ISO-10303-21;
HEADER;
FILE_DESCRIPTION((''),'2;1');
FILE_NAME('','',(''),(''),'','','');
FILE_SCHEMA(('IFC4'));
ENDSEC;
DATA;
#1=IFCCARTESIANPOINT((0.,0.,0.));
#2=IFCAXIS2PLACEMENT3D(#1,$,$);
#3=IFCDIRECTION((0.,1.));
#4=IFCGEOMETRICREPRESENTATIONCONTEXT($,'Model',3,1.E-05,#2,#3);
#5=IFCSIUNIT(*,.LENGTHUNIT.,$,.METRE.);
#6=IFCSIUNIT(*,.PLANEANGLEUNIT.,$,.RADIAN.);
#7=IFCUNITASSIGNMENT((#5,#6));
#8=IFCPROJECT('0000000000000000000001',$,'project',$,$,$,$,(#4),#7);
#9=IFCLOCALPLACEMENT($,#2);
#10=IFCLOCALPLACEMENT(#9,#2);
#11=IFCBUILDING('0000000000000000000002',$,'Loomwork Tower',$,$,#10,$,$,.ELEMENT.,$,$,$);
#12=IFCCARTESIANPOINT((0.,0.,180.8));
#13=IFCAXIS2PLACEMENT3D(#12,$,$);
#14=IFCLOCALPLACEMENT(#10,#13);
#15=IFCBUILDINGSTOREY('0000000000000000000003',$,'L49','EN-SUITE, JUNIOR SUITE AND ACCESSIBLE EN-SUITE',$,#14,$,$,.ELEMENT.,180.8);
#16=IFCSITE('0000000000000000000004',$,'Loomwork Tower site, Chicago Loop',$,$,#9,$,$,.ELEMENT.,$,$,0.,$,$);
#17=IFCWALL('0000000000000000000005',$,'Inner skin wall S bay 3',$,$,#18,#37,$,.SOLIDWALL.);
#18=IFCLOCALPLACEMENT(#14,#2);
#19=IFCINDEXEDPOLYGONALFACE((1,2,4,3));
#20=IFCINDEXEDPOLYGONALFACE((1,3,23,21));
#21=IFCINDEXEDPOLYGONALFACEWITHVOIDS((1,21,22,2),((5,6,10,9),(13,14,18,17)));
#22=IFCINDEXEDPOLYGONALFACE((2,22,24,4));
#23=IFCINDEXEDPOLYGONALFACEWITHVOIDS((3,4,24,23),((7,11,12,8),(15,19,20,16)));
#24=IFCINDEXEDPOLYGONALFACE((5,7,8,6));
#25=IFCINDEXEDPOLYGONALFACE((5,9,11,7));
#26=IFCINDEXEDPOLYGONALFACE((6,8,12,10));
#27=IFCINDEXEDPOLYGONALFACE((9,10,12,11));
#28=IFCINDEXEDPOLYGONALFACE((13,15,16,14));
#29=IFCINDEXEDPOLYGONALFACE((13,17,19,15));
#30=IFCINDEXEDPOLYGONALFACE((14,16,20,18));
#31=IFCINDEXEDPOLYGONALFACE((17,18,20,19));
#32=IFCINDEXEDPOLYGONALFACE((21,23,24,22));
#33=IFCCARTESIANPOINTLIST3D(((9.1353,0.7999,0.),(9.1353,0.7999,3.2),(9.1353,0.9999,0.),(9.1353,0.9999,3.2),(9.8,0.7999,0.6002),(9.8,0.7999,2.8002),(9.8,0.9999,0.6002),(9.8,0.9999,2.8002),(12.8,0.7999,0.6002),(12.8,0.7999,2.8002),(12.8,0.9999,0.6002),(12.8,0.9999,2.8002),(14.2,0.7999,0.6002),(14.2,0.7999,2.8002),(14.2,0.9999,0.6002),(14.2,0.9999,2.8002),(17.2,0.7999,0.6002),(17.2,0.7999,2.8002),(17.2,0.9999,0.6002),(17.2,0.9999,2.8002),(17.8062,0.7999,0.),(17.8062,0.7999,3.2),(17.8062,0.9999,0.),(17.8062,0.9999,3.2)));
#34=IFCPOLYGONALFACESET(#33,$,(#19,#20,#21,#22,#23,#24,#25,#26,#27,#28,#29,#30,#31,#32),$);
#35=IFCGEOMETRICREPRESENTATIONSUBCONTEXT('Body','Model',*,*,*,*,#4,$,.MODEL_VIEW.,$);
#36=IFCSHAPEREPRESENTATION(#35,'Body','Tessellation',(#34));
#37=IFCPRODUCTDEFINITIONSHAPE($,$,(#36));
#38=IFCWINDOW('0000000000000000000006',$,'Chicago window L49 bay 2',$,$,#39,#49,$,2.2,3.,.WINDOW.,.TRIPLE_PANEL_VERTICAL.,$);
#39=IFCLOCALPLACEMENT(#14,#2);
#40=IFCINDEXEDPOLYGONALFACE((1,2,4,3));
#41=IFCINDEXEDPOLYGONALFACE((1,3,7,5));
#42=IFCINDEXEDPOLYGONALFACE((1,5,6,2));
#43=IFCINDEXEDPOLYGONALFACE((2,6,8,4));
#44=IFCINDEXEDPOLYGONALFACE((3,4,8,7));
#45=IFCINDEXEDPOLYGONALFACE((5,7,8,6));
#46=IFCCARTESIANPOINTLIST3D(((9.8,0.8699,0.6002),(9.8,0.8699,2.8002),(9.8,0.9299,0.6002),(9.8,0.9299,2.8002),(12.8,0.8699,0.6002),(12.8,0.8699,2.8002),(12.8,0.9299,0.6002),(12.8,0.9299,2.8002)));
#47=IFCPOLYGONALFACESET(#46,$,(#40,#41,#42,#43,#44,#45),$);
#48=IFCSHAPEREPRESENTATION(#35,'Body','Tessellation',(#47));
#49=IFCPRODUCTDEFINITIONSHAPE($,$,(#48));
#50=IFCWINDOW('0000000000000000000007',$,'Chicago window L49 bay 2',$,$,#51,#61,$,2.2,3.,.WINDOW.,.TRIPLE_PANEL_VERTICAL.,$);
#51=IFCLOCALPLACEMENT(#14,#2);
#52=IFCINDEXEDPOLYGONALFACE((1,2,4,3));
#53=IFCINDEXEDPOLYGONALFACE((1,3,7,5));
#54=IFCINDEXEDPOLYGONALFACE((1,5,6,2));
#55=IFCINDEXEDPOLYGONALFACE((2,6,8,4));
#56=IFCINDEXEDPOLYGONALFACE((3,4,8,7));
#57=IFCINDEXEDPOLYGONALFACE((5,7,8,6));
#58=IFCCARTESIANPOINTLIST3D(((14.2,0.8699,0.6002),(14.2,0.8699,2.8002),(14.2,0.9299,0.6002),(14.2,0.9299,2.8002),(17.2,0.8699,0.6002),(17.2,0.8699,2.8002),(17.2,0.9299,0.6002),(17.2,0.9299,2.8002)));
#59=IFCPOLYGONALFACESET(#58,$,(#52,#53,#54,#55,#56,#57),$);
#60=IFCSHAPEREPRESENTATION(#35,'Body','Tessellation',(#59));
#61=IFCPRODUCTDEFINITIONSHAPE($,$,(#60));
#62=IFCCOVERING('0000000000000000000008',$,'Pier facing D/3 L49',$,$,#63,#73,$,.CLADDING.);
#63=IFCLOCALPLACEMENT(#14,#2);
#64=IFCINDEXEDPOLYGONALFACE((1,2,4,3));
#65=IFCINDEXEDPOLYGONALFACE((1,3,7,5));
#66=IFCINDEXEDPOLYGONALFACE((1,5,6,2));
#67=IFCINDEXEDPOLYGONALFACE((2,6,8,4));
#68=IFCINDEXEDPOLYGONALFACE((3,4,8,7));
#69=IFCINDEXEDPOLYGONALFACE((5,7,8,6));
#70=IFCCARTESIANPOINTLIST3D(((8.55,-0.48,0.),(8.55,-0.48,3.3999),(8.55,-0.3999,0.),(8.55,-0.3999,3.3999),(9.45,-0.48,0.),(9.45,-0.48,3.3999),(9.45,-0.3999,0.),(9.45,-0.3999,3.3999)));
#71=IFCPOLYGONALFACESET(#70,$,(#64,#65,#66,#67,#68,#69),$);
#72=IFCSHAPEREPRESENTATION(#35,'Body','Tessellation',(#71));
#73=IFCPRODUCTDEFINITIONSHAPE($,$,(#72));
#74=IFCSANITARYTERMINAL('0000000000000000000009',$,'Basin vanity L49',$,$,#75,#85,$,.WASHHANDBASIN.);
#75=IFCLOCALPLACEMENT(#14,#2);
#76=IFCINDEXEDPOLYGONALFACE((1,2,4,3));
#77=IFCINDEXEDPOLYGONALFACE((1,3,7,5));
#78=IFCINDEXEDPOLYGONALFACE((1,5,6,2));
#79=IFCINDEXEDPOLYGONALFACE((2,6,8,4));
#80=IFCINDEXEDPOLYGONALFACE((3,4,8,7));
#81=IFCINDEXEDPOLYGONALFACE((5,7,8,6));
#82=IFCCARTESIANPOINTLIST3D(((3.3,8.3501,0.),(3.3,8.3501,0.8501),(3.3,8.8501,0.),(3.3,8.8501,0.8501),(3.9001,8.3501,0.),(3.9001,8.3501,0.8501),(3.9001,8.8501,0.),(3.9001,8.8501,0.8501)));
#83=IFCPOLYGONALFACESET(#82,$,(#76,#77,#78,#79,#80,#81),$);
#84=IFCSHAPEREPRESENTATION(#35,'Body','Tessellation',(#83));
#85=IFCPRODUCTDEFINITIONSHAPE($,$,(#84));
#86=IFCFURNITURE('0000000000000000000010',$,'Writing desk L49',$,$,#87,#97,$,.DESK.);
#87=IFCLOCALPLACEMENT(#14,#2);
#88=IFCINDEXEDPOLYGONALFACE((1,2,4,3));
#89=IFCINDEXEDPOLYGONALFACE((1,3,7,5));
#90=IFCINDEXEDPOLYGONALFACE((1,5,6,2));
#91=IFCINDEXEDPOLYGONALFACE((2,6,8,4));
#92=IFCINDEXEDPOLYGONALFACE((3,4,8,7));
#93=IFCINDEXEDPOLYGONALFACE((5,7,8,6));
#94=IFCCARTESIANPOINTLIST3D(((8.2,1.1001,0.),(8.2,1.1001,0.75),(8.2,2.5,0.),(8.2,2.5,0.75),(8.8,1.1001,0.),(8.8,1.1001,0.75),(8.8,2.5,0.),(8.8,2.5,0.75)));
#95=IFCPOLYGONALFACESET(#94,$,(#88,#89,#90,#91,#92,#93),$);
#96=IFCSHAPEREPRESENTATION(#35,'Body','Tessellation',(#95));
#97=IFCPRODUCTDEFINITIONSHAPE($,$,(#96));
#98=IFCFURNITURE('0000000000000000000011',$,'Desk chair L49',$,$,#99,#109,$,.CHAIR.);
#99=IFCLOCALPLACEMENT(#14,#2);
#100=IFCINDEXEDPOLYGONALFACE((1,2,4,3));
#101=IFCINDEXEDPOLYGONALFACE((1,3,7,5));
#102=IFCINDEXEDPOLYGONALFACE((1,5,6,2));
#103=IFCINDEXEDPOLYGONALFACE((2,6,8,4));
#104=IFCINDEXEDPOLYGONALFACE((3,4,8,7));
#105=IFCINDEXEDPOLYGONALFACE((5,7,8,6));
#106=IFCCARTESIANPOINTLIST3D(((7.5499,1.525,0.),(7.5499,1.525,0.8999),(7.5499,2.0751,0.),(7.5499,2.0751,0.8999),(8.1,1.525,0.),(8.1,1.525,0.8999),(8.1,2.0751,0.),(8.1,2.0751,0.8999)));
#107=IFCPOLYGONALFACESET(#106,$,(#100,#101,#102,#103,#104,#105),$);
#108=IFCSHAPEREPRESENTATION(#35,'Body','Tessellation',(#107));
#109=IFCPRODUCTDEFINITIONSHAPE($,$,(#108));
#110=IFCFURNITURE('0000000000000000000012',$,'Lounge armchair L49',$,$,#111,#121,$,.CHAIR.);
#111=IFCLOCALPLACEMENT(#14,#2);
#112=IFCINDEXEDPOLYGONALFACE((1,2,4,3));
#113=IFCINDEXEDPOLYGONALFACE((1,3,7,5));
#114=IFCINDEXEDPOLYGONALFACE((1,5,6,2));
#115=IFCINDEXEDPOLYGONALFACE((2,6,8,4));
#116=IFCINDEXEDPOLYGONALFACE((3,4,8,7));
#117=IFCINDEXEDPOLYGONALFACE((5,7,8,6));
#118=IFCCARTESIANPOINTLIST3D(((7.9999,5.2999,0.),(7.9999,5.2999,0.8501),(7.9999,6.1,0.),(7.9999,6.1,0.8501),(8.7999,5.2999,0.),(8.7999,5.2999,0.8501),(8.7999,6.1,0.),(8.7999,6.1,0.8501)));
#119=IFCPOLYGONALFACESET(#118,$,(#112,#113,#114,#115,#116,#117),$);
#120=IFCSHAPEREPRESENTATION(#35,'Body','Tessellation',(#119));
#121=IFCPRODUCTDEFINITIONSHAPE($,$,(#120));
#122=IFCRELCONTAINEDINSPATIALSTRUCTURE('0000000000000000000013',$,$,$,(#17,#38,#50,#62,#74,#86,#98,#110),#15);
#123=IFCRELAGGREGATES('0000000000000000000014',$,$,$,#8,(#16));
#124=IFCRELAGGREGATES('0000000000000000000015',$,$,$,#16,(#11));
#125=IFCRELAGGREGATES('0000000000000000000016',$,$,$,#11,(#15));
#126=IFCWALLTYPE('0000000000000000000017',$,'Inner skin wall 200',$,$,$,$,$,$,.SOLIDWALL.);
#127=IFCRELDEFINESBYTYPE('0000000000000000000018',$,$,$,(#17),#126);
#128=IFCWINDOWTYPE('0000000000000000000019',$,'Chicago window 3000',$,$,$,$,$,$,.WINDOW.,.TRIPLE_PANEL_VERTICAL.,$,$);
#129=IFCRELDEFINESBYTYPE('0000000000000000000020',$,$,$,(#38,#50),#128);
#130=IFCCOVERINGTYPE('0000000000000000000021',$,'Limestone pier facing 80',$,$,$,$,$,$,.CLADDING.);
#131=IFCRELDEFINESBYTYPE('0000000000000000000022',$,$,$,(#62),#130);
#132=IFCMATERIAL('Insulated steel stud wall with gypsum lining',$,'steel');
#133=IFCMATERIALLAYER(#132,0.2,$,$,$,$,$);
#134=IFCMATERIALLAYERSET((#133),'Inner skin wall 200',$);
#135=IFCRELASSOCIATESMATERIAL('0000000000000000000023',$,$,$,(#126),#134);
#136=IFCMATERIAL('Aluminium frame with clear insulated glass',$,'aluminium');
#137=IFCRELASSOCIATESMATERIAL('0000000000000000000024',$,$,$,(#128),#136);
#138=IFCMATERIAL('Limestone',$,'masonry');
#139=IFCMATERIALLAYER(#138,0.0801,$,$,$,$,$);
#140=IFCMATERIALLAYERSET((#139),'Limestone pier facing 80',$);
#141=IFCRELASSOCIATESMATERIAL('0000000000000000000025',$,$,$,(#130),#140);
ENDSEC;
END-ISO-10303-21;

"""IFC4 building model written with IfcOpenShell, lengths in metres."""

from ifc_helpers import new_model, si_unit, direction, frame, frame_2d, origin, origin_2d, place, context, subcontext, project, spatial, rectangle, extrude, material, layer, layer_set, type_object, element, fill, save


model = new_model("IFC4")

# Units and contexts
model_context = context("Model", 3, precision=1e-05, world=origin(), true_north=direction((0.0, 1.0)))
body_context = subcontext(model_context, "Body", "Model", "MODEL_VIEW")
ifc_project = project(units=[si_unit("LENGTHUNIT", "METRE"), si_unit("PLANEANGLEUNIT", "RADIAN")], contexts=[model_context])

# Site, building, storey
site_placement = place(None, origin())
site = spatial("IfcSite", under=ifc_project, at=site_placement, Name="Loomwork Tower site, Chicago Loop", CompositionType="ELEMENT", RefElevation=0.0)
building_placement = place(site_placement, origin())
building = spatial("IfcBuilding", under=site, at=building_placement, Name="Loomwork Tower", CompositionType="ELEMENT")
storey_placement = place(building_placement, frame((0.0, 0.0, 180.8)))
storey = spatial("IfcBuildingStorey", under=building, at=storey_placement, Name="L49", Description="EN-SUITE, JUNIOR SUITE AND ACCESSIBLE EN-SUITE", CompositionType="ELEMENT", Elevation=180.8)

# Shared definitions
ifc_material_1 = material(Name="Insulated steel stud wall with gypsum lining", Category="steel")
ifc_layer_1 = layer(ifc_material_1, 0.2)
ifc_layer_set_1 = layer_set([ifc_layer_1], Name="Inner skin wall 200")
wall_type_1 = type_object("IfcWallType", Name="Inner skin wall 200", PredefinedType="SOLIDWALL", material=ifc_layer_set_1)

# Wall, openings, windows
wall_1_placement = place(storey_placement, frame((9.1353, 0.8999, 0.0), z_axis=(0.0, 0.0, 1.0), x_axis=(1.0, 0.0, 0.0)))
wall_1 = element("IfcWall", 1, at=wall_1_placement, inside=storey, type_object=wall_type_1, Name="Inner skin wall S bay 3", PredefinedType="SOLIDWALL", context=body_context, shape_type="SweptSolid", body=[
    extrude(rectangle(XDim=8.6709, YDim=0.2, at=frame_2d((4.3354, 0.0))), origin(), (0.0, 0.0, 1.0), 3.2),
])
opening_1_placement = place(wall_1_placement, frame((0.6648, 0.0, 0.6001)))
opening_1 = element("IfcOpeningElement", 2, at=opening_1_placement, cuts=wall_1, PredefinedType="OPENING", context=body_context, shape_type="SweptSolid", body=[
    extrude(rectangle(XDim=3.0, YDim=2.2, at=frame_2d((1.5, 1.1001))), frame((0.0, 0.1099, 0.0), z_axis=(0.0, -1.0, 0.0), x_axis=(1.0, 0.0, 0.0)), (0.0, 0.0, 1.0), 0.22),
])
opening_2_placement = place(wall_1_placement, frame((5.0647, 0.0, 0.6001)))
opening_2 = element("IfcOpeningElement", 3, at=opening_2_placement, cuts=wall_1, PredefinedType="OPENING", context=body_context, shape_type="SweptSolid", body=[
    extrude(rectangle(XDim=3.0, YDim=2.2, at=frame_2d((1.5, 1.1001))), frame((0.0, 0.1099, 0.0), z_axis=(0.0, -1.0, 0.0), x_axis=(1.0, 0.0, 0.0)), (0.0, 0.0, 1.0), 0.22),
])
ifc_material_2 = material(Name="Aluminium frame with clear insulated glass", Category="aluminium")
window_type = type_object("IfcWindowType", Name="Chicago window 3000", PartitioningType="TRIPLE_PANEL_VERTICAL", PredefinedType="WINDOW", material=ifc_material_2)
window_1_placement = place(opening_1_placement, origin())
window_1 = element("IfcWindow", 4, at=window_1_placement, inside=storey, type_object=window_type, Name="Chicago window L49 bay 2", OverallHeight=2.2, OverallWidth=3.0, PartitioningType="TRIPLE_PANEL_VERTICAL", PredefinedType="WINDOW", context=body_context, shape_type="SweptSolid", body=[
    extrude(rectangle(XDim=3.0, YDim=2.2, at=frame_2d((1.5, 1.1001))), frame((0.0, 0.03, 0.0), z_axis=(0.0, -1.0, 0.0), x_axis=(1.0, 0.0, 0.0)), (0.0, 0.0, 1.0), 0.0601),
])
fill(opening_1, window_1)
window_2_placement = place(opening_2_placement, origin())
window_2 = element("IfcWindow", 5, at=window_2_placement, inside=storey, type_object=window_type, Name="Chicago window L49 bay 2", OverallHeight=2.2, OverallWidth=3.0, PartitioningType="TRIPLE_PANEL_VERTICAL", PredefinedType="WINDOW", context=body_context, shape_type="SweptSolid", body=[
    extrude(rectangle(XDim=3.0, YDim=2.2, at=frame_2d((1.5, 1.1001))), frame((0.0, 0.03, 0.0), z_axis=(0.0, -1.0, 0.0), x_axis=(1.0, 0.0, 0.0)), (0.0, 0.0, 1.0), 0.0601),
])
fill(opening_2, window_2)

# Covering
ifc_material_3 = material(Name="Limestone", Category="masonry")
ifc_layer_2 = layer(ifc_material_3, 0.0801)
ifc_layer_set_2 = layer_set([ifc_layer_2], Name="Limestone pier facing 80")
covering_type = type_object("IfcCoveringType", Name="Limestone pier facing 80", PredefinedType="CLADDING", material=ifc_layer_set_2)
covering_placement = place(storey_placement, frame((9.0, -0.4399, 0.0), z_axis=(0.0, 0.0, 1.0), x_axis=(1.0, 0.0, 0.0)))
element("IfcCovering", 6, at=covering_placement, inside=storey, type_object=covering_type, Name="Pier facing D/3 L49", PredefinedType="CLADDING", context=body_context, shape_type="SweptSolid", body=[
    extrude(rectangle(XDim=0.8999, YDim=0.0801, at=origin_2d()), origin(), (0.0, 0.0, 1.0), 3.3999),
])

# Sanitary terminal
sanitary_terminal_placement = place(storey_placement, frame((3.6001, 8.6001, 0.0), z_axis=(0.0, 0.0, 1.0), x_axis=(1.0, 0.0, 0.0)))
element("IfcSanitaryTerminal", 7, at=sanitary_terminal_placement, inside=storey, Name="Basin vanity L49", PredefinedType="WASHHANDBASIN", context=body_context, shape_type="SweptSolid", body=[
    extrude(rectangle(XDim=0.6001, YDim=0.5, at=origin_2d()), origin(), (0.0, 0.0, 1.0), 0.8501),
])

# Furniture
furniture_1_placement = place(storey_placement, frame((8.5, 1.8, 0.0), z_axis=(0.0, 0.0, 1.0), x_axis=(1.0, 0.0, 0.0)))
element("IfcFurniture", 8, at=furniture_1_placement, inside=storey, Name="Writing desk L49", PredefinedType="DESK", context=body_context, shape_type="SweptSolid", body=[
    extrude(rectangle(XDim=0.6001, YDim=1.3999, at=origin_2d()), origin(), (0.0, 0.0, 1.0), 0.75),
])
furniture_2_placement = place(storey_placement, frame((7.825, 1.8, 0.0), z_axis=(0.0, 0.0, 1.0), x_axis=(1.0, 0.0, 0.0)))
element("IfcFurniture", 9, at=furniture_2_placement, inside=storey, Name="Desk chair L49", PredefinedType="CHAIR", context=body_context, shape_type="SweptSolid", body=[
    extrude(rectangle(XDim=0.55, YDim=0.55, at=origin_2d()), origin(), (0.0, 0.0, 1.0), 0.8999),
])
furniture_3_placement = place(storey_placement, frame((8.3999, 5.7, 0.0), z_axis=(0.0, 0.0, 1.0), x_axis=(1.0, 0.0, 0.0)))
element("IfcFurniture", 10, at=furniture_3_placement, inside=storey, Name="Lounge armchair L49", PredefinedType="CHAIR", context=body_context, shape_type="SweptSolid", body=[
    extrude(rectangle(XDim=0.8, YDim=0.8, at=origin_2d()), origin(), (0.0, 0.0, 1.0), 0.8501),
])

save(model, "model.ifc")
